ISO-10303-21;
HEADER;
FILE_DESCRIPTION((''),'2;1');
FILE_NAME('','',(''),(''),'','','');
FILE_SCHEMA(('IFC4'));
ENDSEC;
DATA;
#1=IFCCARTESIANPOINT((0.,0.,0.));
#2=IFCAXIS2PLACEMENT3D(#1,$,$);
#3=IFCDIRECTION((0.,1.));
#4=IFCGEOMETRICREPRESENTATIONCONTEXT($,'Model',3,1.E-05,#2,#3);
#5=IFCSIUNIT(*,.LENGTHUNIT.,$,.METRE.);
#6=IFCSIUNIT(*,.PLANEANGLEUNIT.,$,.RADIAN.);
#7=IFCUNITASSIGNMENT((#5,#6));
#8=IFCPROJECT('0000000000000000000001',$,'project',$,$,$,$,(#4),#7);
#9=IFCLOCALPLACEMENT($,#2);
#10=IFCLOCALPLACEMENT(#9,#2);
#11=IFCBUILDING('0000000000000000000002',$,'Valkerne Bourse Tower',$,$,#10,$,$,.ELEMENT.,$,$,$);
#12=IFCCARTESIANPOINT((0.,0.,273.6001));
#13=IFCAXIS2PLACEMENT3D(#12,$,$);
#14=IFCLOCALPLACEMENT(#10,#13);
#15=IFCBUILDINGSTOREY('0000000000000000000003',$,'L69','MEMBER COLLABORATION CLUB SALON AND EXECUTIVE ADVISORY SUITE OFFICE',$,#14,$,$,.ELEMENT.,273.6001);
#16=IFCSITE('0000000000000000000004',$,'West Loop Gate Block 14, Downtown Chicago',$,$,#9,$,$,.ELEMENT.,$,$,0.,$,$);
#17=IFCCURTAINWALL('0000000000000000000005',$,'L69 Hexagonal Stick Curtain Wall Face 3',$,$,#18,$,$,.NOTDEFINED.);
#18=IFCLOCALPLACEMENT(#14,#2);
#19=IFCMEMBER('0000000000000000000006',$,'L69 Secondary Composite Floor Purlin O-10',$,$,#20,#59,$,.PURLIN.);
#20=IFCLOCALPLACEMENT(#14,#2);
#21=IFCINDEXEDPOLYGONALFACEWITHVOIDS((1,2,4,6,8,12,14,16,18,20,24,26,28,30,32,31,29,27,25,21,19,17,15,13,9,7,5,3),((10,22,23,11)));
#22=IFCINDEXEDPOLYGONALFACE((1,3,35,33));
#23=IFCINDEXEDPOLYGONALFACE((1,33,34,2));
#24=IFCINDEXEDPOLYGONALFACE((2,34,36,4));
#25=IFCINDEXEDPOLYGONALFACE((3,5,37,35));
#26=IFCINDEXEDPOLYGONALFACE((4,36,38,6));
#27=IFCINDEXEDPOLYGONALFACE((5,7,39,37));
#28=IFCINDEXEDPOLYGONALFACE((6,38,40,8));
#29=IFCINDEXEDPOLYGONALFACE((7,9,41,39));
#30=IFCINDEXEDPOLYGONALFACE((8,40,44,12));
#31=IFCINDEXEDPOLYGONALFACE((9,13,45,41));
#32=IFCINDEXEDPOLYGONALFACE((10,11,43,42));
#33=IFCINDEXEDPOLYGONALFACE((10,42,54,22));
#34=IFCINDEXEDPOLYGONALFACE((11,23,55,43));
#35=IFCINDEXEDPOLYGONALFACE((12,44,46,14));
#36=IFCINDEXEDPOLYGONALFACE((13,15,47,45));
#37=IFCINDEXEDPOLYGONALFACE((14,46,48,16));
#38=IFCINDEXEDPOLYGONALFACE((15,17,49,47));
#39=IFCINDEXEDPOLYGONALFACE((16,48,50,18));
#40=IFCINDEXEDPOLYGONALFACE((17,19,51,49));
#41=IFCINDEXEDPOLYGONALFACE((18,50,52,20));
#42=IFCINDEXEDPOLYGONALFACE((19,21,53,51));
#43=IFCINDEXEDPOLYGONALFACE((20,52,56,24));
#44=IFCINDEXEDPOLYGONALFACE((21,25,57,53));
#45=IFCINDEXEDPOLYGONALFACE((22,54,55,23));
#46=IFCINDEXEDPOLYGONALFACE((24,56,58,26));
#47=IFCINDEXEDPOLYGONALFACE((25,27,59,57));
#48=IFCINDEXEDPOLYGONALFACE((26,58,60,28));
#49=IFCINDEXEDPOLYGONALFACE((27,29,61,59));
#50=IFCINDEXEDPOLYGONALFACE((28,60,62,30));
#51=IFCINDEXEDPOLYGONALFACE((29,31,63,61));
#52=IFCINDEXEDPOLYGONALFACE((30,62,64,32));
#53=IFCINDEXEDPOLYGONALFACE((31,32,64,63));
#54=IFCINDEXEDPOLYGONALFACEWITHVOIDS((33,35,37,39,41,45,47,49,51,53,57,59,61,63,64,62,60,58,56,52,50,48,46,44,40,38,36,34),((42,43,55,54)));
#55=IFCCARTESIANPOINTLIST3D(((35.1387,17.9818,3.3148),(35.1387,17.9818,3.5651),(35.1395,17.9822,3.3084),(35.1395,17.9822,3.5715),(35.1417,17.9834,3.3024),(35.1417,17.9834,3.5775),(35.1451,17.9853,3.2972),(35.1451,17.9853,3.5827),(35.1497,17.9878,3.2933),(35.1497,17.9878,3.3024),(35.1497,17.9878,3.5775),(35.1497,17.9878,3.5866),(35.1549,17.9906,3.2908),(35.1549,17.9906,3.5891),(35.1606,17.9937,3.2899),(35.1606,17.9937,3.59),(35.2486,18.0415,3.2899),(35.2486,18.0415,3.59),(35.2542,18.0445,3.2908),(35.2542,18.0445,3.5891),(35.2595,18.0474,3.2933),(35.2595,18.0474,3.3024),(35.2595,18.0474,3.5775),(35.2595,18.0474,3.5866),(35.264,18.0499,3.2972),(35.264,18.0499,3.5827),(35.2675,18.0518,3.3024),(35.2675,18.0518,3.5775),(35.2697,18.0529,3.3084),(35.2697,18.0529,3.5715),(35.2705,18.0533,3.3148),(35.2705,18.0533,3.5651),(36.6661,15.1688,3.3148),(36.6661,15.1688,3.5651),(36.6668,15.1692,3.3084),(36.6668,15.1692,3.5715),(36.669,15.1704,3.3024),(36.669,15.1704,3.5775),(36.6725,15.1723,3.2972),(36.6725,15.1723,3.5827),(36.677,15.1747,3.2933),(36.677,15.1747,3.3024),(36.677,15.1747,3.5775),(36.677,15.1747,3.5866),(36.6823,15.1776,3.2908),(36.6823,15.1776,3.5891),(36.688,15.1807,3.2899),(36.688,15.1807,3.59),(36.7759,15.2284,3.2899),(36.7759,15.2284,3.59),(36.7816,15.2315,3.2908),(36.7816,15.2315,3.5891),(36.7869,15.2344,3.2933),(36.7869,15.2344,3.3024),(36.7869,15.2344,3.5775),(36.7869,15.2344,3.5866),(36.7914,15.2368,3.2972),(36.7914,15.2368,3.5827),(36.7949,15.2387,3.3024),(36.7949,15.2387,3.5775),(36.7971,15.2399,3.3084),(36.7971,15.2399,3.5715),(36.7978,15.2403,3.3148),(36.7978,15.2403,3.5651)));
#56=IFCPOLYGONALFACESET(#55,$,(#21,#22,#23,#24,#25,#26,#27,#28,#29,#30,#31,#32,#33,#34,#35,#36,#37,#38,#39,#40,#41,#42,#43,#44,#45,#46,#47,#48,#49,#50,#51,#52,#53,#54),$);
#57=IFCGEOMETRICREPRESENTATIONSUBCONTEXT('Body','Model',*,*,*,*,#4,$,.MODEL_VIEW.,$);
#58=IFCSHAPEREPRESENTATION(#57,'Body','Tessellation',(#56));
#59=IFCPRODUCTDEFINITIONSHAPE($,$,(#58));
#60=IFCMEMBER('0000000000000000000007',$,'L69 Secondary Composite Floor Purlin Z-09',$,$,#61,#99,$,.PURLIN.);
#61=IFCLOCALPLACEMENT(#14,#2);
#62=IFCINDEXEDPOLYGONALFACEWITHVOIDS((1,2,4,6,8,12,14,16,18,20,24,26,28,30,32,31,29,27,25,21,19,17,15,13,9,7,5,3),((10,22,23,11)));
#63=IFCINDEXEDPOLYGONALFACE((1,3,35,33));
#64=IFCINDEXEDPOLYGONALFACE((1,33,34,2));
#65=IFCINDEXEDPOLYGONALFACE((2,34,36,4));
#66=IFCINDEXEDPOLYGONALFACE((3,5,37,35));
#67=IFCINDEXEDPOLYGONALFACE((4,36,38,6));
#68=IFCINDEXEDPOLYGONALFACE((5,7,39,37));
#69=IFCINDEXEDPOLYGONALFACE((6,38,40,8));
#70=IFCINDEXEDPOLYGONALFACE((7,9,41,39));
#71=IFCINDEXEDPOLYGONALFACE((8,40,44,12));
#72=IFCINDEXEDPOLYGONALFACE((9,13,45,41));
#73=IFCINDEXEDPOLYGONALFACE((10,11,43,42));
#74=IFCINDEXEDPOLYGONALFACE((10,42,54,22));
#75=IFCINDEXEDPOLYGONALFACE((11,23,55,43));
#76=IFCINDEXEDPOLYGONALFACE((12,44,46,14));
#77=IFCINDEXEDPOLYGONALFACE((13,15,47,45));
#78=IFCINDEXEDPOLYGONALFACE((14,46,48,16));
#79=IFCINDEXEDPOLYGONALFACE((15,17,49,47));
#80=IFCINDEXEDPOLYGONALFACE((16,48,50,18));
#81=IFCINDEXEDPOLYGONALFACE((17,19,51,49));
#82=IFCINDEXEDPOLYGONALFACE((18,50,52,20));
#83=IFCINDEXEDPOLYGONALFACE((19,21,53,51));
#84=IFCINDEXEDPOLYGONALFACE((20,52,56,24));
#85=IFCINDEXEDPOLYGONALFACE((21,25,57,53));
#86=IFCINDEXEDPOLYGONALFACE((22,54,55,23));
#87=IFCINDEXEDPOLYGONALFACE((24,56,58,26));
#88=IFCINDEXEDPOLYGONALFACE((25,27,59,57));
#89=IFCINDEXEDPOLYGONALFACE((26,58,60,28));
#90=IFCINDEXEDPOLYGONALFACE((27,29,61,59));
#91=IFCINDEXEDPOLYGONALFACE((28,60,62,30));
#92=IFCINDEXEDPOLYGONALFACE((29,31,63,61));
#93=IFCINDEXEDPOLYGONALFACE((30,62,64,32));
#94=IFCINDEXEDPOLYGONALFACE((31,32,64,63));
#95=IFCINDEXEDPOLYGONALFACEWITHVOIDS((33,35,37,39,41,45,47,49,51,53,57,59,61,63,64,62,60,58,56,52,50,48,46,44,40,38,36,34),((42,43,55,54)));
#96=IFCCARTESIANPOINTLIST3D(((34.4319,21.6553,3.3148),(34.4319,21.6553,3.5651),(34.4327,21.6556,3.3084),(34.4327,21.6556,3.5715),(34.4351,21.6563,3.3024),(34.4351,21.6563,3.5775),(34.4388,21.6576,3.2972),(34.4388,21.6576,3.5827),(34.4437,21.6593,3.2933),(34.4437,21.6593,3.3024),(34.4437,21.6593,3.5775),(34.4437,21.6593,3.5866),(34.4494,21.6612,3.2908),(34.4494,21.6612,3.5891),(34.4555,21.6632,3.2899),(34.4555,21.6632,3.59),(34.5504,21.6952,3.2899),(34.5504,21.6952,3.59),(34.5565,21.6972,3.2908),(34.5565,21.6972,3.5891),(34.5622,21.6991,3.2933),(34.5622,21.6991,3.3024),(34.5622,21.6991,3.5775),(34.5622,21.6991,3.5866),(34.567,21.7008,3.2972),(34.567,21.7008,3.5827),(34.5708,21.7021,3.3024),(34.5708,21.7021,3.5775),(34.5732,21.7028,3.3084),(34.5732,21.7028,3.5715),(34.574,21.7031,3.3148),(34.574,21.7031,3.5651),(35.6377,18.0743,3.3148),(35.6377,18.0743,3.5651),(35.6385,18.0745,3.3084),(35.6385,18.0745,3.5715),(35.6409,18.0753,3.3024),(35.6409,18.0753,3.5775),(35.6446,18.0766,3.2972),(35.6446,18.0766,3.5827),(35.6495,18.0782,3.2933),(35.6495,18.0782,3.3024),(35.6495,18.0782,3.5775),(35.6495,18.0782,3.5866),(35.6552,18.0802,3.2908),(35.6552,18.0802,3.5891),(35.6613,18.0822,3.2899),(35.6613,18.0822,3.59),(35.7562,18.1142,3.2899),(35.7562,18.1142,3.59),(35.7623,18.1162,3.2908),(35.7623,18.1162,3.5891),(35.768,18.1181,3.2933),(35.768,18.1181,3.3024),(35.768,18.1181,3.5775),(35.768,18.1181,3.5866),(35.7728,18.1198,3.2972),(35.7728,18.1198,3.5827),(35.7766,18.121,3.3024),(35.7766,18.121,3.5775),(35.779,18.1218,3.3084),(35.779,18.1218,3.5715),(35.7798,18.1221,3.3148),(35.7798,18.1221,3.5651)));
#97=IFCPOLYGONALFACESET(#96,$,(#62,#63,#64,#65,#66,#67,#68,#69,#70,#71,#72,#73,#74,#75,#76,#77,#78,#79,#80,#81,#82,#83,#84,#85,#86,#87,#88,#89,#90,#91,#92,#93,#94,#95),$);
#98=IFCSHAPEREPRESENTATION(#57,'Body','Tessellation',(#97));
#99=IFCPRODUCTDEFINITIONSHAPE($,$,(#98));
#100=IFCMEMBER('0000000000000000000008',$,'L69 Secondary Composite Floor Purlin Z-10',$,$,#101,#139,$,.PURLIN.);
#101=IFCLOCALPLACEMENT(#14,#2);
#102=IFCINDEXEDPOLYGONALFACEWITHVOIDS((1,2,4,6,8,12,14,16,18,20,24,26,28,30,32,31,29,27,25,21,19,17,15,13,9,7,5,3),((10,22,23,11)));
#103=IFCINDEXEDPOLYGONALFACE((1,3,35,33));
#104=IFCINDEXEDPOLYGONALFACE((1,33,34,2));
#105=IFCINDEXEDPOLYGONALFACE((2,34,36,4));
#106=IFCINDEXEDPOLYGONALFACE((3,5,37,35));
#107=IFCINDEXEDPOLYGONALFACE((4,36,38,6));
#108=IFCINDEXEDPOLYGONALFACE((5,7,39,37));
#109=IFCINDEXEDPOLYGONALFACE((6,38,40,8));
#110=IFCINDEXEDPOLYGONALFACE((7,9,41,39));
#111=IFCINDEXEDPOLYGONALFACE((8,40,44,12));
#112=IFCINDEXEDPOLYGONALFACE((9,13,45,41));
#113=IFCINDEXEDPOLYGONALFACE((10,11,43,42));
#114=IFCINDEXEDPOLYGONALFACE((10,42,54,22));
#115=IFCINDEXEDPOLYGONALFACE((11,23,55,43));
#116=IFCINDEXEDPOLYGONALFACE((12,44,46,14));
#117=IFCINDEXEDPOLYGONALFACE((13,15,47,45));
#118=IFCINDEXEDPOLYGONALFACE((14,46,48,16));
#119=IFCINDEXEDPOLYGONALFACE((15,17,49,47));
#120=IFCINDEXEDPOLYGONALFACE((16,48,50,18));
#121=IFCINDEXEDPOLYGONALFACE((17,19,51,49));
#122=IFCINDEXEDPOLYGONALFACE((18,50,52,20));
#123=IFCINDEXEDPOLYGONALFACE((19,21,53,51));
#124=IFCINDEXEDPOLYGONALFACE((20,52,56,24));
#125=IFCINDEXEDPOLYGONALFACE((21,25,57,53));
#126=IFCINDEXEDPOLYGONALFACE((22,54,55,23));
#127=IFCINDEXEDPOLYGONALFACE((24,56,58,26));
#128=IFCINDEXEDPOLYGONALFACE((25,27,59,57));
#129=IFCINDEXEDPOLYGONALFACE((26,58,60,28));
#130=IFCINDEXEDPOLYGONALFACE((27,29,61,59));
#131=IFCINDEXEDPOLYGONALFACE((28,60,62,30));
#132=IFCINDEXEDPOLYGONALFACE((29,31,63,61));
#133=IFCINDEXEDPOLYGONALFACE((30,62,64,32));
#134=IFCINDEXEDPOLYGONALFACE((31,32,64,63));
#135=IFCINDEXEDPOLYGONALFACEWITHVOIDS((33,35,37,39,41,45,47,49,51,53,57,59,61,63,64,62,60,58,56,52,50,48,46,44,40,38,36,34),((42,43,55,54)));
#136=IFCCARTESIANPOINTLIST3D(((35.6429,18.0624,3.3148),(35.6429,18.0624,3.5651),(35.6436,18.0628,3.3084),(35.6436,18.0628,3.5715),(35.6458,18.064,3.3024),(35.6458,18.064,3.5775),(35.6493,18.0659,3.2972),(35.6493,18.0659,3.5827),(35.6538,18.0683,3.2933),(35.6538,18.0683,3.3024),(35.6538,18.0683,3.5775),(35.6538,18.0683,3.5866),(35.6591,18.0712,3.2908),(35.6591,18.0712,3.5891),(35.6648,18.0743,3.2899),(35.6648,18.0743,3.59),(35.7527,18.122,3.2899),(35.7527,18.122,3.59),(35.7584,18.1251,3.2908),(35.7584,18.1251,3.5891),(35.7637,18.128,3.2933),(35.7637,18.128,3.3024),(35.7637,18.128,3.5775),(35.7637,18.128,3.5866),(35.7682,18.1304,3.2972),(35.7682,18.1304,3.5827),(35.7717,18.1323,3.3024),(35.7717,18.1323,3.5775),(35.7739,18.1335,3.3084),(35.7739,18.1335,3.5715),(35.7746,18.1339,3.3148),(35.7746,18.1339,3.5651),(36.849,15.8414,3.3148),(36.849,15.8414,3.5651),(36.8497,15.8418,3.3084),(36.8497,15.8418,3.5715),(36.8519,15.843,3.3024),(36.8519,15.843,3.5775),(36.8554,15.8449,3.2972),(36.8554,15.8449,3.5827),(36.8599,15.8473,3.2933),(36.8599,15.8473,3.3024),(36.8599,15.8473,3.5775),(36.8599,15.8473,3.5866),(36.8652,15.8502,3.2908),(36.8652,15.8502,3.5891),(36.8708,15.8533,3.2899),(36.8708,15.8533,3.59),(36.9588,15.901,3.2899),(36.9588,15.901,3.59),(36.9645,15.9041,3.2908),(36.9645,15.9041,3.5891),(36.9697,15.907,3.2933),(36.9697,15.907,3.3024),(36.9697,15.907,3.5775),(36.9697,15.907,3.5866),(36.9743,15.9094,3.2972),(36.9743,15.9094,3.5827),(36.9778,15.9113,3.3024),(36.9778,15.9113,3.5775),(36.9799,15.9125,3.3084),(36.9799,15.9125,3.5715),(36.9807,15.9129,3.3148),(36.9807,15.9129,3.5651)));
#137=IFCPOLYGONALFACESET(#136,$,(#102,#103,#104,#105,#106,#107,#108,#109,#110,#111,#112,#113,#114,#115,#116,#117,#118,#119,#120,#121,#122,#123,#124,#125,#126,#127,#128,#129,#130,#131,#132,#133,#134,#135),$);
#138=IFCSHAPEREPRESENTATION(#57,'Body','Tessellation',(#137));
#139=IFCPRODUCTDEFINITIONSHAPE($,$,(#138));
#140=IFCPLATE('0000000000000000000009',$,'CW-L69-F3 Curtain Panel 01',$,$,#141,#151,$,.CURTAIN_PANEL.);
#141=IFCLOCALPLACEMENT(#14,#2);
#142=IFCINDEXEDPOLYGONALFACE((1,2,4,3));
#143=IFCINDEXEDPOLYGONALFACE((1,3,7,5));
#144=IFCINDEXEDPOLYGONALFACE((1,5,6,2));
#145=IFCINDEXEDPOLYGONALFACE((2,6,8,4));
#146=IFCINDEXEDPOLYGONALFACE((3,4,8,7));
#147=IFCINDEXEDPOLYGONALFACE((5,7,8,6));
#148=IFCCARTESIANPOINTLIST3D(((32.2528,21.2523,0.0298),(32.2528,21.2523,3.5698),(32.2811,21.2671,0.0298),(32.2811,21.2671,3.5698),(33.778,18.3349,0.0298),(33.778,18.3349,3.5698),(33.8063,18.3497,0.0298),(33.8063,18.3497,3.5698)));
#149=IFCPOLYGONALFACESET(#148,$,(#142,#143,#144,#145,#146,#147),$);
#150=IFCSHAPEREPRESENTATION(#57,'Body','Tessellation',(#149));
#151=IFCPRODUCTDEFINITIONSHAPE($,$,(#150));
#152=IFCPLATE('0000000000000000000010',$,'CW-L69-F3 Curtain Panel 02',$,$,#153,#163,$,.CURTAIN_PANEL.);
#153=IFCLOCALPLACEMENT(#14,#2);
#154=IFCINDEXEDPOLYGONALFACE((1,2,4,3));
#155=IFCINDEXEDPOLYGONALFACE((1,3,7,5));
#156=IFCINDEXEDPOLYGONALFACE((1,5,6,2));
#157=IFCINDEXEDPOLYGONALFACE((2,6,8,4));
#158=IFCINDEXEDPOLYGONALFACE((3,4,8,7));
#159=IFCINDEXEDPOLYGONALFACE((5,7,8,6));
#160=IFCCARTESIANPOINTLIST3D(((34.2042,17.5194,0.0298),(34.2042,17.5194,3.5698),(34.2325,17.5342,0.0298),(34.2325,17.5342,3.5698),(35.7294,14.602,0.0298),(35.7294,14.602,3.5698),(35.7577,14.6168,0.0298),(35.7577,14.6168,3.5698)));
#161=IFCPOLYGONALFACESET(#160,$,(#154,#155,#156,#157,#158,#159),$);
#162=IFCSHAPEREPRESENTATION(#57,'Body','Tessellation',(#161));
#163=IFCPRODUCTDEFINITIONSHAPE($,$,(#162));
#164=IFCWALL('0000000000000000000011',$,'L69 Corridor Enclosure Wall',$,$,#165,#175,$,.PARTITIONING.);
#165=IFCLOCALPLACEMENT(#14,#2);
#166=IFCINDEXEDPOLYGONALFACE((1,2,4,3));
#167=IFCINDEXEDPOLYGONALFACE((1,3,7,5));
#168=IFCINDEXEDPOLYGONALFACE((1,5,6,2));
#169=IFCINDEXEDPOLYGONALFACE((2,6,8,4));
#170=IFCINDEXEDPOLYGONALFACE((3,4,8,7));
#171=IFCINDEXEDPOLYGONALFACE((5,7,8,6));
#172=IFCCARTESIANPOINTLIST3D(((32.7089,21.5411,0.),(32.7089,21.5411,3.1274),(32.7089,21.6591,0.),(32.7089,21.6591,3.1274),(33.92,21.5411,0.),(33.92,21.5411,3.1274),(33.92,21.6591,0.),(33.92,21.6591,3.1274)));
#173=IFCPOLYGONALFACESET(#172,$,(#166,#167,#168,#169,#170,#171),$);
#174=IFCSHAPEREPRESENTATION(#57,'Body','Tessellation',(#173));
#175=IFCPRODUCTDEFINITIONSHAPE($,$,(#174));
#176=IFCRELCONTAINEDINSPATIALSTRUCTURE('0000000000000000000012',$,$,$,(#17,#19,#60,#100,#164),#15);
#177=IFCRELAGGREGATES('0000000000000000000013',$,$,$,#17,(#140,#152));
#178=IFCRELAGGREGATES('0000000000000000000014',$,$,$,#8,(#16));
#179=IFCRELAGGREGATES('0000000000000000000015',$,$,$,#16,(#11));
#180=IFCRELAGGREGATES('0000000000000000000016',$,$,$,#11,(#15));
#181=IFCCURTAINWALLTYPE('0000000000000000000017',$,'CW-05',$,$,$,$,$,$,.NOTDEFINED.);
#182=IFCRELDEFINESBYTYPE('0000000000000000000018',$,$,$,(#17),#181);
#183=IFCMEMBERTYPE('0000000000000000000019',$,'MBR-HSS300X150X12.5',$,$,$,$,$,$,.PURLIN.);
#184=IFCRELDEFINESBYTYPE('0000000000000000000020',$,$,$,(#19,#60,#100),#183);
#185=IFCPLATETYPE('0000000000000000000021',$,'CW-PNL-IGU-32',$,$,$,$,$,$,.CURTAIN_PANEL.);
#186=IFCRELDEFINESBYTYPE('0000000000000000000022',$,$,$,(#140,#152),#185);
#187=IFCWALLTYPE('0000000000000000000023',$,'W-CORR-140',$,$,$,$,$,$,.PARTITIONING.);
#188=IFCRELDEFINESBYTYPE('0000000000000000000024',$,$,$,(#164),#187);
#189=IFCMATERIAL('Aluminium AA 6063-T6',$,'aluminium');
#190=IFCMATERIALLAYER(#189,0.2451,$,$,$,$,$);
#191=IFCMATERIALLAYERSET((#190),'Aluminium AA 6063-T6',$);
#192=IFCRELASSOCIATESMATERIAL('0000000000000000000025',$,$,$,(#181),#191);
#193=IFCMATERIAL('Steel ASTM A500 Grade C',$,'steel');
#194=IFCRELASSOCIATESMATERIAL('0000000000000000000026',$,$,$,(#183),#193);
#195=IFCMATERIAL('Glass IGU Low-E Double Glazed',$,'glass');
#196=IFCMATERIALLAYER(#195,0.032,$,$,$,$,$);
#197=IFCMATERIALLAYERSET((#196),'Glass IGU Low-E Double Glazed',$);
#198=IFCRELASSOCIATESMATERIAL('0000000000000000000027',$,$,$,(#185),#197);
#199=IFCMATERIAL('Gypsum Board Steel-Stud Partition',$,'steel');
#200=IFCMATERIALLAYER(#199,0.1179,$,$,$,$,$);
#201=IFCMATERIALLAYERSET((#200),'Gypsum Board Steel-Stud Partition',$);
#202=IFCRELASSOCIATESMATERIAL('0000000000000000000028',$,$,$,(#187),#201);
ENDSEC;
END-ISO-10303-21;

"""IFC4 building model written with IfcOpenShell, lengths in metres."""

from ifc_helpers import new_model, si_unit, direction, frame, frame_2d, origin, origin_2d, place, context, subcontext, project, spatial, rectangle, hollow_rectangle, extrude, material, layer, layer_set, material_profile, profile_set, type_object, element, aggregate, save


model = new_model("IFC4")

# Units and contexts
model_context = context("Model", 3, precision=1e-05, world=origin(), true_north=direction((0.0, 1.0)))
body_context = subcontext(model_context, "Body", "Model", "MODEL_VIEW")
ifc_project = project(units=[si_unit("LENGTHUNIT", "METRE"), si_unit("PLANEANGLEUNIT", "RADIAN")], contexts=[model_context])

# Site, building, storey
site_placement = place(None, origin())
site = spatial("IfcSite", under=ifc_project, at=site_placement, Name="West Loop Gate Block 14, Downtown Chicago", CompositionType="ELEMENT", RefElevation=0.0)
building_placement = place(site_placement, origin())
building = spatial("IfcBuilding", under=site, at=building_placement, Name="Valkerne Bourse Tower", CompositionType="ELEMENT")
storey_placement = place(building_placement, frame((0.0, 0.0, 273.6001)))
storey = spatial("IfcBuildingStorey", under=building, at=storey_placement, Name="L69", Description="MEMBER COLLABORATION CLUB SALON AND EXECUTIVE ADVISORY SUITE OFFICE", CompositionType="ELEMENT", Elevation=273.6001)

# Curtain wall
ifc_material_1 = material(Name="Aluminium AA 6063-T6", Category="aluminium")
ifc_layer_1 = layer(ifc_material_1, 0.2451)
ifc_layer_set_1 = layer_set([ifc_layer_1], Name="Aluminium AA 6063-T6")
curtain_wall_type = type_object("IfcCurtainWallType", Name="CW-05", PredefinedType="NOTDEFINED", material=ifc_layer_set_1)
curtain_wall_placement = place(storey_placement, origin())
curtain_wall = element("IfcCurtainWall", 1, at=curtain_wall_placement, inside=storey, type_object=curtain_wall_type, Name="L69 Hexagonal Stick Curtain Wall Face 3", PredefinedType="NOTDEFINED")

# Members
ifc_material_2 = material(Name="Steel ASTM A500 Grade C", Category="steel")
ifc_material_profile_1 = material_profile(ifc_material_2, hollow_rectangle(XDim=0.1499, YDim=0.3, WallThickness=0.0125, OuterFilletRadius=0.0249, at=origin_2d()), Name="HSS300X150X12.5")
ifc_profile_set_1 = profile_set([ifc_material_profile_1], Name="Steel ASTM A500 Grade C")
member_type_1 = type_object("IfcMemberType", Name="MBR-HSS300X150X12.5", PredefinedType="PURLIN", material=ifc_profile_set_1)
member_1_placement = place(storey_placement, frame((35.2046, 18.0176, 3.4399), z_axis=(0.477163, -0.878815, 0.0), x_axis=(0.878815, 0.477163, 0.0)))
element("IfcMember", 2, at=member_1_placement, inside=storey, type_object=member_type_1, Name="L69 Secondary Composite Floor Purlin O-10", PredefinedType="PURLIN", context=body_context, shape_type="SweptSolid", body=[
    extrude(hollow_rectangle(XDim=0.1499, YDim=0.3, WallThickness=0.0125, OuterFilletRadius=0.0249, at=origin_2d()), origin(), (0.0, 0.0, 1.0), 3.2009),
])
member_2_placement = place(storey_placement, frame((34.5029, 21.6792, 3.4399), z_axis=(0.319114, -0.947716, 0.0), x_axis=(0.947716, 0.319114, 0.0)))
element("IfcMember", 3, at=member_2_placement, inside=storey, type_object=member_type_1, Name="L69 Secondary Composite Floor Purlin Z-09", PredefinedType="PURLIN", context=body_context, shape_type="SweptSolid", body=[
    extrude(hollow_rectangle(XDim=0.1499, YDim=0.3, WallThickness=0.0125, OuterFilletRadius=0.0249, at=origin_2d()), origin(), (0.0, 0.0, 1.0), 3.7786),
])
member_3_placement = place(storey_placement, frame((35.7087, 18.0981, 3.4399), z_axis=(0.477213, -0.878787, 0.0), x_axis=(0.878787, 0.477213, 0.0)))
element("IfcMember", 4, at=member_3_placement, inside=storey, type_object=member_type_1, Name="L69 Secondary Composite Floor Purlin Z-10", PredefinedType="PURLIN", context=body_context, shape_type="SweptSolid", body=[
    extrude(hollow_rectangle(XDim=0.1499, YDim=0.3, WallThickness=0.0125, OuterFilletRadius=0.0249, at=origin_2d()), origin(), (0.0, 0.0, 1.0), 2.5273),
])

# Plates
ifc_material_3 = material(Name="Glass IGU Low-E Double Glazed", Category="glass")
ifc_layer_2 = layer(ifc_material_3, 0.032)
ifc_layer_set_2 = layer_set([ifc_layer_2], Name="Glass IGU Low-E Double Glazed")
plate_type = type_object("IfcPlateType", Name="CW-PNL-IGU-32", PredefinedType="CURTAIN_PANEL", material=ifc_layer_set_2)
plate_1_placement = place(storey_placement, frame((33.0295, 19.801, 0.0298), z_axis=(0.0, 0.0, 1.0), x_axis=(0.463294, -0.886204, 0.0)))
plate_1 = element("IfcPlate", 5, at=plate_1_placement, type_object=plate_type, Name="CW-L69-F3 Curtain Panel 01", PredefinedType="CURTAIN_PANEL", context=body_context, shape_type="SweptSolid", body=[
    extrude(rectangle(XDim=3.292, YDim=0.032, at=origin_2d()), origin(), (0.0, 0.0, 1.0), 3.54),
])
plate_2_placement = place(storey_placement, frame((34.981, 16.0681, 0.0298), z_axis=(0.0, 0.0, 1.0), x_axis=(0.463294, -0.886204, 0.0)))
plate_2 = element("IfcPlate", 6, at=plate_2_placement, type_object=plate_type, Name="CW-L69-F3 Curtain Panel 02", PredefinedType="CURTAIN_PANEL", context=body_context, shape_type="SweptSolid", body=[
    extrude(rectangle(XDim=3.292, YDim=0.032, at=origin_2d()), origin(), (0.0, 0.0, 1.0), 3.54),
])
aggregate(curtain_wall, [plate_1, plate_2])

# Wall
ifc_material_4 = material(Name="Gypsum Board Steel-Stud Partition", Category="steel")
ifc_layer_3 = layer(ifc_material_4, 0.1179)
ifc_layer_set_3 = layer_set([ifc_layer_3], Name="Gypsum Board Steel-Stud Partition")
wall_type = type_object("IfcWallType", Name="W-CORR-140", PredefinedType="PARTITIONING", material=ifc_layer_set_3)
wall_placement = place(storey_placement, frame((33.9199, 21.6001, 0.0), z_axis=(0.0, 0.0, 1.0), x_axis=(-1.0, 0.0, 0.0)))
element("IfcWall", 7, at=wall_placement, inside=storey, type_object=wall_type, Name="L69 Corridor Enclosure Wall", PredefinedType="PARTITIONING", context=body_context, shape_type="SweptSolid", body=[
    extrude(rectangle(XDim=1.2112, YDim=0.1179, at=frame_2d((0.6055, 0.0))), origin(), (0.0, 0.0, 1.0), 3.1274),
])

save(model, "model.ifc")
